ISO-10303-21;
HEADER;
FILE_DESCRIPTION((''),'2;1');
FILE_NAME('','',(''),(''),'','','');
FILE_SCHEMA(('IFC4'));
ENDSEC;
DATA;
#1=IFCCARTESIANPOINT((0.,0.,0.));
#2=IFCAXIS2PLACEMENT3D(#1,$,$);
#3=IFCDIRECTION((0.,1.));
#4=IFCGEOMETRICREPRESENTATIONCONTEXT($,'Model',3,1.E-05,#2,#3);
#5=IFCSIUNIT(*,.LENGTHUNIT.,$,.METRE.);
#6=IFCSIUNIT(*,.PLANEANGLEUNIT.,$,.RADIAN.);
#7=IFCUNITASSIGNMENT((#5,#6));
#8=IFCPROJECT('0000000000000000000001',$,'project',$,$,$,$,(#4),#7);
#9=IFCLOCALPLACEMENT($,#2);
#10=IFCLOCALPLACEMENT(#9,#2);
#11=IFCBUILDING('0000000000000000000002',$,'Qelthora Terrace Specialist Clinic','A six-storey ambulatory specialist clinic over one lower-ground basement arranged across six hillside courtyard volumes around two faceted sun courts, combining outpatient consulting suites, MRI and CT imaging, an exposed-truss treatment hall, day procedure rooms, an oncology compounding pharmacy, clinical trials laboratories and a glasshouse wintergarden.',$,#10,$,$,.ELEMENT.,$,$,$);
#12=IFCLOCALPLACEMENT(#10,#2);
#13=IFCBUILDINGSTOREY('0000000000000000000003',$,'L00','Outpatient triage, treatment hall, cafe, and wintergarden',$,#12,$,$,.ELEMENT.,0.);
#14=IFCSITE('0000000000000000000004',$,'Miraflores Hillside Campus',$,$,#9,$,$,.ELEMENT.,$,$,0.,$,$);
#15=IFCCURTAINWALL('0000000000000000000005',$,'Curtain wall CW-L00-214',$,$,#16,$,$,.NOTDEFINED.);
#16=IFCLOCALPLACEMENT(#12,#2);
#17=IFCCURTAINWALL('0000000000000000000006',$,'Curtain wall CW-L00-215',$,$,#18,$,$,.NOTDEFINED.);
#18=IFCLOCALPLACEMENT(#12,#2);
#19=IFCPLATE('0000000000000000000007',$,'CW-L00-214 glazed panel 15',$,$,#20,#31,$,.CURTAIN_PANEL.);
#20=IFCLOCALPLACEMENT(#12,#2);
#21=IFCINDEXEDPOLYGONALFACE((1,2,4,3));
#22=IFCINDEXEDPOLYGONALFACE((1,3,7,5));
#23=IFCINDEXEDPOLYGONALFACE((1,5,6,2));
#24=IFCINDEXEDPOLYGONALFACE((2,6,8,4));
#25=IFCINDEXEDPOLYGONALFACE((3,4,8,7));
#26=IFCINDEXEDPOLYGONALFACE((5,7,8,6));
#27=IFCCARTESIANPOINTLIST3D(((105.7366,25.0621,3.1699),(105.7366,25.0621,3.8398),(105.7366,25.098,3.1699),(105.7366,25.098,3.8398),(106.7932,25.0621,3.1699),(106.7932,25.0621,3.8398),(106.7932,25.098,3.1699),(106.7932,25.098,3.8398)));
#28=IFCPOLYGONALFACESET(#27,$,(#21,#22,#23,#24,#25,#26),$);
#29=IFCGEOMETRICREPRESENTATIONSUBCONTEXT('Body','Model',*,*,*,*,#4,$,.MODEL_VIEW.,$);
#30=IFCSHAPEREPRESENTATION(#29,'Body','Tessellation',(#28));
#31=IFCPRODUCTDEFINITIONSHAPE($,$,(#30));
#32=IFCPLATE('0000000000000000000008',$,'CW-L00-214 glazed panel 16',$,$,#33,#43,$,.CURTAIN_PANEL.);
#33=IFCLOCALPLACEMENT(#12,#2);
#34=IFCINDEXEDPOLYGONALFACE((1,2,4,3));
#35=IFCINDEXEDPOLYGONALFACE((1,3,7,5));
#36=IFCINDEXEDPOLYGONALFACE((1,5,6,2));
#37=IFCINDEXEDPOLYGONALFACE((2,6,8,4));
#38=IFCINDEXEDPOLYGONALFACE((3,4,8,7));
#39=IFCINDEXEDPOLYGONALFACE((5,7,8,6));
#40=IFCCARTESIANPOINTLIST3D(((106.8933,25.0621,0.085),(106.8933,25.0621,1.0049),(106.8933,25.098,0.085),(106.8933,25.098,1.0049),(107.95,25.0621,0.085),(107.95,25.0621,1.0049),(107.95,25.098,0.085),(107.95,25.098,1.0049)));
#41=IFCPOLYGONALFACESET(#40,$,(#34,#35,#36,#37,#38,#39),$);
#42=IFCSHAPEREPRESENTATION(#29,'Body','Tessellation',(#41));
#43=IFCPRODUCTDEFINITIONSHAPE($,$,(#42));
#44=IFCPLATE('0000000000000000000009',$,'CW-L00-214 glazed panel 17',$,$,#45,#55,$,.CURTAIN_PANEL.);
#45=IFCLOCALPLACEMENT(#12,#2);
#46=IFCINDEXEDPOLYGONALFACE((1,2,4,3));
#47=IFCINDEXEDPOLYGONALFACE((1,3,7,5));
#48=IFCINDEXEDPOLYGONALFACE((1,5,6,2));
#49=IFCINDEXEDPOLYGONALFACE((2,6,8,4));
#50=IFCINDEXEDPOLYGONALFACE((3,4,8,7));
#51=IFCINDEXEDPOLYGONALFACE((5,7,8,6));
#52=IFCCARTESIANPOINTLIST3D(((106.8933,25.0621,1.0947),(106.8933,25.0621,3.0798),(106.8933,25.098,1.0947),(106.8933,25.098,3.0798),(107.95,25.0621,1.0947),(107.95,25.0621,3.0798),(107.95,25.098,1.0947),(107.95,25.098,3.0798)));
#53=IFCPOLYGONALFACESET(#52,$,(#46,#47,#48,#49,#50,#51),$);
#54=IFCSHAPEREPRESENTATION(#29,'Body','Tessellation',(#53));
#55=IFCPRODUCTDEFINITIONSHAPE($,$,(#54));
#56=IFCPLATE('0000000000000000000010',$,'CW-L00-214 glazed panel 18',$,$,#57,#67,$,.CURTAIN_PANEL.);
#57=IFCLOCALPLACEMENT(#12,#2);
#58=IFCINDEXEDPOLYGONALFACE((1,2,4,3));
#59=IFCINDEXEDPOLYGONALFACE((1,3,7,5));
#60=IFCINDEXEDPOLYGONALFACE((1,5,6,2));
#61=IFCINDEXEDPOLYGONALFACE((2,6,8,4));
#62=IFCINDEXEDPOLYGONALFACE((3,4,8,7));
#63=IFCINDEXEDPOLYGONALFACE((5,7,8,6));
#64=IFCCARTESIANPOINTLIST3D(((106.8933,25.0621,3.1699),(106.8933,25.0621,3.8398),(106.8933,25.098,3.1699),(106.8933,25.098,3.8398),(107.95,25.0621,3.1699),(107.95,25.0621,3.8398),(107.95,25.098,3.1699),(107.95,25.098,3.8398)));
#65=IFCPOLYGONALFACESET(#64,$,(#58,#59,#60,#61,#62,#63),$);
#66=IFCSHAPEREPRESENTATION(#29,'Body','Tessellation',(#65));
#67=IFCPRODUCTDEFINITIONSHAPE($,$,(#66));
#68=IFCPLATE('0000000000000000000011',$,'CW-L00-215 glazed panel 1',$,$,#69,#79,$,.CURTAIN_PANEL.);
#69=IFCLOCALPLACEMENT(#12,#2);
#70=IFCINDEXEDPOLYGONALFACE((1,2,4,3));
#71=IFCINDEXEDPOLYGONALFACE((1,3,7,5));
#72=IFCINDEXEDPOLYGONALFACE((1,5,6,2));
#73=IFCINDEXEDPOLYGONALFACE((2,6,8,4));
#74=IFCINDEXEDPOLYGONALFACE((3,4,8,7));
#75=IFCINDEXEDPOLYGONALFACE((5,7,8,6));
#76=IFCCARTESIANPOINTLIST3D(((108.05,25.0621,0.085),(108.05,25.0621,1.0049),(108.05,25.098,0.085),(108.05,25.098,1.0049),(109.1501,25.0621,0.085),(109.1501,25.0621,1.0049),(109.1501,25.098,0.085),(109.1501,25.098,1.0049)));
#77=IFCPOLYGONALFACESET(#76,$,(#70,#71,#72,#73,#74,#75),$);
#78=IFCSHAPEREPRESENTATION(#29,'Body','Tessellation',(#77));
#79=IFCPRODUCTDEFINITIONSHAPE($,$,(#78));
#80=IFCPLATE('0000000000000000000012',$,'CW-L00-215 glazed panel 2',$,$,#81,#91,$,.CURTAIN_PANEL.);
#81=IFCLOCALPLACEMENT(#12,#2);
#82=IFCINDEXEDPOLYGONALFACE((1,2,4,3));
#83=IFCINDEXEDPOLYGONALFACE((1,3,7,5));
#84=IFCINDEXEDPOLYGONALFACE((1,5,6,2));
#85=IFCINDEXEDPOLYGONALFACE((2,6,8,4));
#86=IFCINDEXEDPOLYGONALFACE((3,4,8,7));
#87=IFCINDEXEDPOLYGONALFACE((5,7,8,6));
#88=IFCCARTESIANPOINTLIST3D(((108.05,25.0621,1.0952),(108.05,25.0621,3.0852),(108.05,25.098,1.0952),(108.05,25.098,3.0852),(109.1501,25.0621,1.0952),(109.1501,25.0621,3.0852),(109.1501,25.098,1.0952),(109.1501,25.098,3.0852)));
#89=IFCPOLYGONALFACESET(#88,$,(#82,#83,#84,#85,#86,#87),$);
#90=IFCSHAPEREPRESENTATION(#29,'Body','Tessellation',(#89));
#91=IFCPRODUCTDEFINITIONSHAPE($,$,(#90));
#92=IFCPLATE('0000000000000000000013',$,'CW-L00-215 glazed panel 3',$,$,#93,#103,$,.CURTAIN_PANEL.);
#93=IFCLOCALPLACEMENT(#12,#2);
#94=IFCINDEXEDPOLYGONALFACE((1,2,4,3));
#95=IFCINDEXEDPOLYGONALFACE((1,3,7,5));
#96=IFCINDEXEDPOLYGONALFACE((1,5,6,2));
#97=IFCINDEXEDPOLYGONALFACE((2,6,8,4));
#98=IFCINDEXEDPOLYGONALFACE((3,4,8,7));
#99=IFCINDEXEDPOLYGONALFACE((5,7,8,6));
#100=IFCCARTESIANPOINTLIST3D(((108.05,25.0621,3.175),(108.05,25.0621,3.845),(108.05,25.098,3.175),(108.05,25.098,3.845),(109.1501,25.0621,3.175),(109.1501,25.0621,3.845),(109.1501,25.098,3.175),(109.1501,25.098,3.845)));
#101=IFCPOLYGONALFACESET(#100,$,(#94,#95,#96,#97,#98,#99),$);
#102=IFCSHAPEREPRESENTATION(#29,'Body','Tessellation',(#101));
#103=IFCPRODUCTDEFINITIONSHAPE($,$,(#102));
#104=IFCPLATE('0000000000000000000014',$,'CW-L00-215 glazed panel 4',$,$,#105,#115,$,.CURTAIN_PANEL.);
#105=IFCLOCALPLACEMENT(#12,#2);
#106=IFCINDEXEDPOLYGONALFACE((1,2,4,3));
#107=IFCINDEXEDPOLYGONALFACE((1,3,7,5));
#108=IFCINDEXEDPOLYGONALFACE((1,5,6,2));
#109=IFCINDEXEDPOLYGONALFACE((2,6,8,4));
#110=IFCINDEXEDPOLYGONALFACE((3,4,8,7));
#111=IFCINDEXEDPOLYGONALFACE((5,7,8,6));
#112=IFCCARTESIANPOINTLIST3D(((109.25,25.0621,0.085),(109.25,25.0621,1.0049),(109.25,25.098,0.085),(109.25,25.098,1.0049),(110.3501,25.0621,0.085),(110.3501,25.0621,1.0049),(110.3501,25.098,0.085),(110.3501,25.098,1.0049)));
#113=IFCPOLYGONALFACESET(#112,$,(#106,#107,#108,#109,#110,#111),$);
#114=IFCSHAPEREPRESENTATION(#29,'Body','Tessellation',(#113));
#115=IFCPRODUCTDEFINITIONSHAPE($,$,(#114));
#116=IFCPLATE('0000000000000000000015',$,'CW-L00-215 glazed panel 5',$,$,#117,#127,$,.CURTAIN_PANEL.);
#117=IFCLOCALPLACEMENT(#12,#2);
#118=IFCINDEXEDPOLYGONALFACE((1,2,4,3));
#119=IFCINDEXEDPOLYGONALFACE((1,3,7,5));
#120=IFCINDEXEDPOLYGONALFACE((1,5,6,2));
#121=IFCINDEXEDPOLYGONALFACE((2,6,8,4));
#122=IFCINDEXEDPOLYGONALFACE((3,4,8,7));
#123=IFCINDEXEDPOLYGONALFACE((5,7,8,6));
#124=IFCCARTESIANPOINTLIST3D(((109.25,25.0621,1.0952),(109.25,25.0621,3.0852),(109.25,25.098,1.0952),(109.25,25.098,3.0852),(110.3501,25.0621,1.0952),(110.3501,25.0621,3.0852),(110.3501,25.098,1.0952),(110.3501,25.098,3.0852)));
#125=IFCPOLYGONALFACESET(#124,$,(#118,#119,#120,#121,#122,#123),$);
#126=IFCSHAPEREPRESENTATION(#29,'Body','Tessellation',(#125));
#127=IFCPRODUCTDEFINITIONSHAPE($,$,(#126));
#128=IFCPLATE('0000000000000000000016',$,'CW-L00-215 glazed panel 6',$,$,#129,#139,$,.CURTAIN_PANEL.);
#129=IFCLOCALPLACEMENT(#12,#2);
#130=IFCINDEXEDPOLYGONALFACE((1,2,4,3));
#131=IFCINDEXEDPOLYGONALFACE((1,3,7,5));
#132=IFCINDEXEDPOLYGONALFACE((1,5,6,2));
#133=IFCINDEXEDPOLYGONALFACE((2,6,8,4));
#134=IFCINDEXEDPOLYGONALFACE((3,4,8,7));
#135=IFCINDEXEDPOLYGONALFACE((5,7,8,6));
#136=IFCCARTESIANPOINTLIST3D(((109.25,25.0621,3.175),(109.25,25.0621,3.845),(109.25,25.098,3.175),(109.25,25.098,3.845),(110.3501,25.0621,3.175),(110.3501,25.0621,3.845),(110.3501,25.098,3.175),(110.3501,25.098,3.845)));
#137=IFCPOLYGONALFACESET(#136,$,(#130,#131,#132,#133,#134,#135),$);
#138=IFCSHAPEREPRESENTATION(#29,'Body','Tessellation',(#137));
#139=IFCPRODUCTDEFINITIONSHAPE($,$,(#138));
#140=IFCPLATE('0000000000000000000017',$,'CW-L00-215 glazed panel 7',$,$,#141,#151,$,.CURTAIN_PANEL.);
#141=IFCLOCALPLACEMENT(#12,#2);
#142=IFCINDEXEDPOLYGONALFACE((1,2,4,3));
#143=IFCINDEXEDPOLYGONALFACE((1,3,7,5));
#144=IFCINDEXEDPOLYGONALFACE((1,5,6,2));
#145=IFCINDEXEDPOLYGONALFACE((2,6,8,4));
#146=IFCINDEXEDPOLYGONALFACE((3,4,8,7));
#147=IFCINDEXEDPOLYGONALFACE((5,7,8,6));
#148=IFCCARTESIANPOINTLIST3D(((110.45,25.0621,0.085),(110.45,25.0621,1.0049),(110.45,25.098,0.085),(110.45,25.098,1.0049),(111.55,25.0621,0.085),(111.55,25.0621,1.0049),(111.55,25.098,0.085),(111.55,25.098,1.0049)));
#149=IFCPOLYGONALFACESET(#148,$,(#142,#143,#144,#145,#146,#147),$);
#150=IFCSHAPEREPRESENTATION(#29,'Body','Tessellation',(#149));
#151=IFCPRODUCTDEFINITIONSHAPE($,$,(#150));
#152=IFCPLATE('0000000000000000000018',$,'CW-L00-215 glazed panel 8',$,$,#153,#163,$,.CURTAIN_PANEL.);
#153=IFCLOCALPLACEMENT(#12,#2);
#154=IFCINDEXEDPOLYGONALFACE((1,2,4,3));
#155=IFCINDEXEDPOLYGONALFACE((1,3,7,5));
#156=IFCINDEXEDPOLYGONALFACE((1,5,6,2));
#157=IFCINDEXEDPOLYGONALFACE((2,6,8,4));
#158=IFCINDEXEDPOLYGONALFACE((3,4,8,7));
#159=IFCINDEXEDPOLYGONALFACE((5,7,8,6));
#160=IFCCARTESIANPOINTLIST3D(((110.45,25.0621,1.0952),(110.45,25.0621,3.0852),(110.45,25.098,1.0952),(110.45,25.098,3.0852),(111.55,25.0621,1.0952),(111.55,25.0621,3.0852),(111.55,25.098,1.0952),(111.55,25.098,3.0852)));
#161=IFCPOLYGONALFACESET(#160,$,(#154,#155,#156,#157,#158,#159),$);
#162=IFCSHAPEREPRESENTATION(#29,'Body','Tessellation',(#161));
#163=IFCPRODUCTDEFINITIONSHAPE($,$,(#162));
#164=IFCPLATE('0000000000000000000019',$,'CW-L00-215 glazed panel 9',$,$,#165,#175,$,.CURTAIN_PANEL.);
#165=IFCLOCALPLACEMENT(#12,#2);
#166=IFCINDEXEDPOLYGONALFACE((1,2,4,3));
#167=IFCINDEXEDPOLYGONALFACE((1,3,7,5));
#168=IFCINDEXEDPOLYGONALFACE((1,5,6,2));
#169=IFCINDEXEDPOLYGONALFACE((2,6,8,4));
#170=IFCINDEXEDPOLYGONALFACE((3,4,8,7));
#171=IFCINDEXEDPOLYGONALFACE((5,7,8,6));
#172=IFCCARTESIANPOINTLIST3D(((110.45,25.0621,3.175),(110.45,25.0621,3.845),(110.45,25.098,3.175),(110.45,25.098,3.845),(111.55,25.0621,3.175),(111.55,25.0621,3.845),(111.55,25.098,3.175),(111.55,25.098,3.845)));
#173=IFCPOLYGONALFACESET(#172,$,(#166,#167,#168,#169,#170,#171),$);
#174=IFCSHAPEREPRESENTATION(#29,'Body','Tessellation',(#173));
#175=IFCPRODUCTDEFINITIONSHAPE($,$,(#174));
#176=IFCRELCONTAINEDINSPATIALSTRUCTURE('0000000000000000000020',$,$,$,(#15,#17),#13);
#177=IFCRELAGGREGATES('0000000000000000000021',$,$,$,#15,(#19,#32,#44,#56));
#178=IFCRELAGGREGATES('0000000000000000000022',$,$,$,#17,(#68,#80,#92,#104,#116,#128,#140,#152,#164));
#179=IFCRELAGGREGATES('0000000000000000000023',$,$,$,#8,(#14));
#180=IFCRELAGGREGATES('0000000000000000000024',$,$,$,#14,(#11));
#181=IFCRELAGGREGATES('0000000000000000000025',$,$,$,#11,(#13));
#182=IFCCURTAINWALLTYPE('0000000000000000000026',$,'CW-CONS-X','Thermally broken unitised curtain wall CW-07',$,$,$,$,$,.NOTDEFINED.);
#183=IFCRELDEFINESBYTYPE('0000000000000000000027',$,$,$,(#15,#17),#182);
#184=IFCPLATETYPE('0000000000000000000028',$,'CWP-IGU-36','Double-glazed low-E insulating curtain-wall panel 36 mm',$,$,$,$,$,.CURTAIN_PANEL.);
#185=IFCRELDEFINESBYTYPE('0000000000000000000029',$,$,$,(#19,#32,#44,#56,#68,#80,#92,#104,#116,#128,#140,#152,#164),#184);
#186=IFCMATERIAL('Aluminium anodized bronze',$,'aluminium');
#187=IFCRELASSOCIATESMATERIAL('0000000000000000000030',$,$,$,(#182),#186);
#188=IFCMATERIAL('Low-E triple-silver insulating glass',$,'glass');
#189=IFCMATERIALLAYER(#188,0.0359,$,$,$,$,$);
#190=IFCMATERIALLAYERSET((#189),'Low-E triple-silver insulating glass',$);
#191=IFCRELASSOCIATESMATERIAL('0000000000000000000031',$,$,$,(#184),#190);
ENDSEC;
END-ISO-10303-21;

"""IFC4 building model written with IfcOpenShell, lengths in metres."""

from ifc_helpers import new_model, si_unit, direction, frame, origin, origin_2d, place, context, subcontext, project, spatial, rectangle, extrude, material, layer, layer_set, type_object, element, aggregate, save


model = new_model("IFC4")

# Units and contexts
model_context = context("Model", 3, precision=1e-05, world=origin(), true_north=direction((0.0, 1.0)))
body_context = subcontext(model_context, "Body", "Model", "MODEL_VIEW")
ifc_project = project(units=[si_unit("LENGTHUNIT", "METRE"), si_unit("PLANEANGLEUNIT", "RADIAN")], contexts=[model_context])

# Site, building, storey
site_placement = place(None, origin())
site = spatial("IfcSite", under=ifc_project, at=site_placement, Name="Miraflores Hillside Campus", CompositionType="ELEMENT", RefElevation=0.0)
building_placement = place(site_placement, origin())
building = spatial("IfcBuilding", under=site, at=building_placement, Name="Qelthora Terrace Specialist Clinic", Description="A six-storey ambulatory specialist clinic over one lower-ground basement arranged across six hillside courtyard volumes around two faceted sun courts, combining outpatient consulting suites, MRI and CT imaging, an exposed-truss treatment hall, day procedure rooms, an oncology compounding pharmacy, clinical trials laboratories and a glasshouse wintergarden.", CompositionType="ELEMENT")
storey_placement = place(building_placement, origin())
storey = spatial("IfcBuildingStorey", under=building, at=storey_placement, Name="L00", Description="Outpatient triage, treatment hall, cafe, and wintergarden", CompositionType="ELEMENT", Elevation=0.0)

# Curtain walls
ifc_material_1 = material(Name="Aluminium anodized bronze", Category="aluminium")
curtain_wall_type = type_object("IfcCurtainWallType", Name="CW-CONS-X", Description="Thermally broken unitised curtain wall CW-07", PredefinedType="NOTDEFINED", material=ifc_material_1)
curtain_wall_1_placement = place(storey_placement, origin())
curtain_wall_1 = element("IfcCurtainWall", 1, at=curtain_wall_1_placement, inside=storey, type_object=curtain_wall_type, Name="Curtain wall CW-L00-214", PredefinedType="NOTDEFINED")
curtain_wall_2_placement = place(storey_placement, origin())
curtain_wall_2 = element("IfcCurtainWall", 2, at=curtain_wall_2_placement, inside=storey, type_object=curtain_wall_type, Name="Curtain wall CW-L00-215", PredefinedType="NOTDEFINED")

# Plates
ifc_material_2 = material(Name="Low-E triple-silver insulating glass", Category="glass")
ifc_layer = layer(ifc_material_2, 0.0359)
ifc_layer_set = layer_set([ifc_layer], Name="Low-E triple-silver insulating glass")
plate_type = type_object("IfcPlateType", Name="CWP-IGU-36", Description="Double-glazed low-E insulating curtain-wall panel 36 mm", PredefinedType="CURTAIN_PANEL", material=ifc_layer_set)
plate_1_placement = place(storey_placement, frame((106.2649, 25.0801, 3.1699), z_axis=(0.0, 0.0, 1.0), x_axis=(1.0, 0.0, 0.0)))
plate_1 = element("IfcPlate", 3, at=plate_1_placement, type_object=plate_type, Name="CW-L00-214 glazed panel 15", PredefinedType="CURTAIN_PANEL", context=body_context, shape_type="SweptSolid", body=[
    extrude(rectangle(XDim=1.0566, YDim=0.0359, at=origin_2d()), origin(), (0.0, 0.0, 1.0), 0.6699),
])
plate_2_placement = place(storey_placement, frame((107.4216, 25.0801, 0.085), z_axis=(0.0, 0.0, 1.0), x_axis=(1.0, 0.0, 0.0)))
plate_2 = element("IfcPlate", 4, at=plate_2_placement, type_object=plate_type, Name="CW-L00-214 glazed panel 16", PredefinedType="CURTAIN_PANEL", context=body_context, shape_type="SweptSolid", body=[
    extrude(rectangle(XDim=1.0566, YDim=0.0359, at=origin_2d()), origin(), (0.0, 0.0, 1.0), 0.9199),
])
plate_3_placement = place(storey_placement, frame((107.4216, 25.0801, 1.0947), z_axis=(0.0, 0.0, 1.0), x_axis=(1.0, 0.0, 0.0)))
plate_3 = element("IfcPlate", 5, at=plate_3_placement, type_object=plate_type, Name="CW-L00-214 glazed panel 17", PredefinedType="CURTAIN_PANEL", context=body_context, shape_type="SweptSolid", body=[
    extrude(rectangle(XDim=1.0566, YDim=0.0359, at=origin_2d()), origin(), (0.0, 0.0, 1.0), 1.9851),
])
plate_4_placement = place(storey_placement, frame((107.4216, 25.0801, 3.1699), z_axis=(0.0, 0.0, 1.0), x_axis=(1.0, 0.0, 0.0)))
plate_4 = element("IfcPlate", 6, at=plate_4_placement, type_object=plate_type, Name="CW-L00-214 glazed panel 18", PredefinedType="CURTAIN_PANEL", context=body_context, shape_type="SweptSolid", body=[
    extrude(rectangle(XDim=1.0566, YDim=0.0359, at=origin_2d()), origin(), (0.0, 0.0, 1.0), 0.6699),
])
aggregate(curtain_wall_1, [plate_1, plate_2, plate_3, plate_4])
plate_5_placement = place(storey_placement, frame((108.6001, 25.0801, 0.085), z_axis=(0.0, 0.0, 1.0), x_axis=(1.0, 0.0, 0.0)))
plate_5 = element("IfcPlate", 7, at=plate_5_placement, type_object=plate_type, Name="CW-L00-215 glazed panel 1", PredefinedType="CURTAIN_PANEL", context=body_context, shape_type="SweptSolid", body=[
    extrude(rectangle(XDim=1.1001, YDim=0.0359, at=origin_2d()), origin(), (0.0, 0.0, 1.0), 0.9199),
])
plate_6_placement = place(storey_placement, frame((108.6001, 25.0801, 1.0952), z_axis=(0.0, 0.0, 1.0), x_axis=(1.0, 0.0, 0.0)))
plate_6 = element("IfcPlate", 8, at=plate_6_placement, type_object=plate_type, Name="CW-L00-215 glazed panel 2", PredefinedType="CURTAIN_PANEL", context=body_context, shape_type="SweptSolid", body=[
    extrude(rectangle(XDim=1.1001, YDim=0.0359, at=origin_2d()), origin(), (0.0, 0.0, 1.0), 1.99),
])
plate_7_placement = place(storey_placement, frame((108.6001, 25.0801, 3.175), z_axis=(0.0, 0.0, 1.0), x_axis=(1.0, 0.0, 0.0)))
plate_7 = element("IfcPlate", 9, at=plate_7_placement, type_object=plate_type, Name="CW-L00-215 glazed panel 3", PredefinedType="CURTAIN_PANEL", context=body_context, shape_type="SweptSolid", body=[
    extrude(rectangle(XDim=1.1001, YDim=0.0359, at=origin_2d()), origin(), (0.0, 0.0, 1.0), 0.6699),
])
plate_8_placement = place(storey_placement, frame((109.8, 25.0801, 0.085), z_axis=(0.0, 0.0, 1.0), x_axis=(1.0, 0.0, 0.0)))
plate_8 = element("IfcPlate", 10, at=plate_8_placement, type_object=plate_type, Name="CW-L00-215 glazed panel 4", PredefinedType="CURTAIN_PANEL", context=body_context, shape_type="SweptSolid", body=[
    extrude(rectangle(XDim=1.1001, YDim=0.0359, at=origin_2d()), origin(), (0.0, 0.0, 1.0), 0.9199),
])
plate_9_placement = place(storey_placement, frame((109.8, 25.0801, 1.0952), z_axis=(0.0, 0.0, 1.0), x_axis=(1.0, 0.0, 0.0)))
plate_9 = element("IfcPlate", 11, at=plate_9_placement, type_object=plate_type, Name="CW-L00-215 glazed panel 5", PredefinedType="CURTAIN_PANEL", context=body_context, shape_type="SweptSolid", body=[
    extrude(rectangle(XDim=1.1001, YDim=0.0359, at=origin_2d()), origin(), (0.0, 0.0, 1.0), 1.99),
])
plate_10_placement = place(storey_placement, frame((109.8, 25.0801, 3.175), z_axis=(0.0, 0.0, 1.0), x_axis=(1.0, 0.0, 0.0)))
plate_10 = element("IfcPlate", 12, at=plate_10_placement, type_object=plate_type, Name="CW-L00-215 glazed panel 6", PredefinedType="CURTAIN_PANEL", context=body_context, shape_type="SweptSolid", body=[
    extrude(rectangle(XDim=1.1001, YDim=0.0359, at=origin_2d()), origin(), (0.0, 0.0, 1.0), 0.6699),
])
plate_11_placement = place(storey_placement, frame((111.0, 25.0801, 0.085), z_axis=(0.0, 0.0, 1.0), x_axis=(1.0, 0.0, 0.0)))
plate_11 = element("IfcPlate", 13, at=plate_11_placement, type_object=plate_type, Name="CW-L00-215 glazed panel 7", PredefinedType="CURTAIN_PANEL", context=body_context, shape_type="SweptSolid", body=[
    extrude(rectangle(XDim=1.1001, YDim=0.0359, at=origin_2d()), origin(), (0.0, 0.0, 1.0), 0.9199),
])
plate_12_placement = place(storey_placement, frame((111.0, 25.0801, 1.0952), z_axis=(0.0, 0.0, 1.0), x_axis=(1.0, 0.0, 0.0)))
plate_12 = element("IfcPlate", 14, at=plate_12_placement, type_object=plate_type, Name="CW-L00-215 glazed panel 8", PredefinedType="CURTAIN_PANEL", context=body_context, shape_type="SweptSolid", body=[
    extrude(rectangle(XDim=1.1001, YDim=0.0359, at=origin_2d()), origin(), (0.0, 0.0, 1.0), 1.99),
])
plate_13_placement = place(storey_placement, frame((111.0, 25.0801, 3.175), z_axis=(0.0, 0.0, 1.0), x_axis=(1.0, 0.0, 0.0)))
plate_13 = element("IfcPlate", 15, at=plate_13_placement, type_object=plate_type, Name="CW-L00-215 glazed panel 9", PredefinedType="CURTAIN_PANEL", context=body_context, shape_type="SweptSolid", body=[
    extrude(rectangle(XDim=1.1001, YDim=0.0359, at=origin_2d()), origin(), (0.0, 0.0, 1.0), 0.6699),
])
aggregate(curtain_wall_2, [plate_5, plate_6, plate_7, plate_8, plate_9, plate_10, plate_11, plate_12, plate_13])

save(model, "model.ifc")
